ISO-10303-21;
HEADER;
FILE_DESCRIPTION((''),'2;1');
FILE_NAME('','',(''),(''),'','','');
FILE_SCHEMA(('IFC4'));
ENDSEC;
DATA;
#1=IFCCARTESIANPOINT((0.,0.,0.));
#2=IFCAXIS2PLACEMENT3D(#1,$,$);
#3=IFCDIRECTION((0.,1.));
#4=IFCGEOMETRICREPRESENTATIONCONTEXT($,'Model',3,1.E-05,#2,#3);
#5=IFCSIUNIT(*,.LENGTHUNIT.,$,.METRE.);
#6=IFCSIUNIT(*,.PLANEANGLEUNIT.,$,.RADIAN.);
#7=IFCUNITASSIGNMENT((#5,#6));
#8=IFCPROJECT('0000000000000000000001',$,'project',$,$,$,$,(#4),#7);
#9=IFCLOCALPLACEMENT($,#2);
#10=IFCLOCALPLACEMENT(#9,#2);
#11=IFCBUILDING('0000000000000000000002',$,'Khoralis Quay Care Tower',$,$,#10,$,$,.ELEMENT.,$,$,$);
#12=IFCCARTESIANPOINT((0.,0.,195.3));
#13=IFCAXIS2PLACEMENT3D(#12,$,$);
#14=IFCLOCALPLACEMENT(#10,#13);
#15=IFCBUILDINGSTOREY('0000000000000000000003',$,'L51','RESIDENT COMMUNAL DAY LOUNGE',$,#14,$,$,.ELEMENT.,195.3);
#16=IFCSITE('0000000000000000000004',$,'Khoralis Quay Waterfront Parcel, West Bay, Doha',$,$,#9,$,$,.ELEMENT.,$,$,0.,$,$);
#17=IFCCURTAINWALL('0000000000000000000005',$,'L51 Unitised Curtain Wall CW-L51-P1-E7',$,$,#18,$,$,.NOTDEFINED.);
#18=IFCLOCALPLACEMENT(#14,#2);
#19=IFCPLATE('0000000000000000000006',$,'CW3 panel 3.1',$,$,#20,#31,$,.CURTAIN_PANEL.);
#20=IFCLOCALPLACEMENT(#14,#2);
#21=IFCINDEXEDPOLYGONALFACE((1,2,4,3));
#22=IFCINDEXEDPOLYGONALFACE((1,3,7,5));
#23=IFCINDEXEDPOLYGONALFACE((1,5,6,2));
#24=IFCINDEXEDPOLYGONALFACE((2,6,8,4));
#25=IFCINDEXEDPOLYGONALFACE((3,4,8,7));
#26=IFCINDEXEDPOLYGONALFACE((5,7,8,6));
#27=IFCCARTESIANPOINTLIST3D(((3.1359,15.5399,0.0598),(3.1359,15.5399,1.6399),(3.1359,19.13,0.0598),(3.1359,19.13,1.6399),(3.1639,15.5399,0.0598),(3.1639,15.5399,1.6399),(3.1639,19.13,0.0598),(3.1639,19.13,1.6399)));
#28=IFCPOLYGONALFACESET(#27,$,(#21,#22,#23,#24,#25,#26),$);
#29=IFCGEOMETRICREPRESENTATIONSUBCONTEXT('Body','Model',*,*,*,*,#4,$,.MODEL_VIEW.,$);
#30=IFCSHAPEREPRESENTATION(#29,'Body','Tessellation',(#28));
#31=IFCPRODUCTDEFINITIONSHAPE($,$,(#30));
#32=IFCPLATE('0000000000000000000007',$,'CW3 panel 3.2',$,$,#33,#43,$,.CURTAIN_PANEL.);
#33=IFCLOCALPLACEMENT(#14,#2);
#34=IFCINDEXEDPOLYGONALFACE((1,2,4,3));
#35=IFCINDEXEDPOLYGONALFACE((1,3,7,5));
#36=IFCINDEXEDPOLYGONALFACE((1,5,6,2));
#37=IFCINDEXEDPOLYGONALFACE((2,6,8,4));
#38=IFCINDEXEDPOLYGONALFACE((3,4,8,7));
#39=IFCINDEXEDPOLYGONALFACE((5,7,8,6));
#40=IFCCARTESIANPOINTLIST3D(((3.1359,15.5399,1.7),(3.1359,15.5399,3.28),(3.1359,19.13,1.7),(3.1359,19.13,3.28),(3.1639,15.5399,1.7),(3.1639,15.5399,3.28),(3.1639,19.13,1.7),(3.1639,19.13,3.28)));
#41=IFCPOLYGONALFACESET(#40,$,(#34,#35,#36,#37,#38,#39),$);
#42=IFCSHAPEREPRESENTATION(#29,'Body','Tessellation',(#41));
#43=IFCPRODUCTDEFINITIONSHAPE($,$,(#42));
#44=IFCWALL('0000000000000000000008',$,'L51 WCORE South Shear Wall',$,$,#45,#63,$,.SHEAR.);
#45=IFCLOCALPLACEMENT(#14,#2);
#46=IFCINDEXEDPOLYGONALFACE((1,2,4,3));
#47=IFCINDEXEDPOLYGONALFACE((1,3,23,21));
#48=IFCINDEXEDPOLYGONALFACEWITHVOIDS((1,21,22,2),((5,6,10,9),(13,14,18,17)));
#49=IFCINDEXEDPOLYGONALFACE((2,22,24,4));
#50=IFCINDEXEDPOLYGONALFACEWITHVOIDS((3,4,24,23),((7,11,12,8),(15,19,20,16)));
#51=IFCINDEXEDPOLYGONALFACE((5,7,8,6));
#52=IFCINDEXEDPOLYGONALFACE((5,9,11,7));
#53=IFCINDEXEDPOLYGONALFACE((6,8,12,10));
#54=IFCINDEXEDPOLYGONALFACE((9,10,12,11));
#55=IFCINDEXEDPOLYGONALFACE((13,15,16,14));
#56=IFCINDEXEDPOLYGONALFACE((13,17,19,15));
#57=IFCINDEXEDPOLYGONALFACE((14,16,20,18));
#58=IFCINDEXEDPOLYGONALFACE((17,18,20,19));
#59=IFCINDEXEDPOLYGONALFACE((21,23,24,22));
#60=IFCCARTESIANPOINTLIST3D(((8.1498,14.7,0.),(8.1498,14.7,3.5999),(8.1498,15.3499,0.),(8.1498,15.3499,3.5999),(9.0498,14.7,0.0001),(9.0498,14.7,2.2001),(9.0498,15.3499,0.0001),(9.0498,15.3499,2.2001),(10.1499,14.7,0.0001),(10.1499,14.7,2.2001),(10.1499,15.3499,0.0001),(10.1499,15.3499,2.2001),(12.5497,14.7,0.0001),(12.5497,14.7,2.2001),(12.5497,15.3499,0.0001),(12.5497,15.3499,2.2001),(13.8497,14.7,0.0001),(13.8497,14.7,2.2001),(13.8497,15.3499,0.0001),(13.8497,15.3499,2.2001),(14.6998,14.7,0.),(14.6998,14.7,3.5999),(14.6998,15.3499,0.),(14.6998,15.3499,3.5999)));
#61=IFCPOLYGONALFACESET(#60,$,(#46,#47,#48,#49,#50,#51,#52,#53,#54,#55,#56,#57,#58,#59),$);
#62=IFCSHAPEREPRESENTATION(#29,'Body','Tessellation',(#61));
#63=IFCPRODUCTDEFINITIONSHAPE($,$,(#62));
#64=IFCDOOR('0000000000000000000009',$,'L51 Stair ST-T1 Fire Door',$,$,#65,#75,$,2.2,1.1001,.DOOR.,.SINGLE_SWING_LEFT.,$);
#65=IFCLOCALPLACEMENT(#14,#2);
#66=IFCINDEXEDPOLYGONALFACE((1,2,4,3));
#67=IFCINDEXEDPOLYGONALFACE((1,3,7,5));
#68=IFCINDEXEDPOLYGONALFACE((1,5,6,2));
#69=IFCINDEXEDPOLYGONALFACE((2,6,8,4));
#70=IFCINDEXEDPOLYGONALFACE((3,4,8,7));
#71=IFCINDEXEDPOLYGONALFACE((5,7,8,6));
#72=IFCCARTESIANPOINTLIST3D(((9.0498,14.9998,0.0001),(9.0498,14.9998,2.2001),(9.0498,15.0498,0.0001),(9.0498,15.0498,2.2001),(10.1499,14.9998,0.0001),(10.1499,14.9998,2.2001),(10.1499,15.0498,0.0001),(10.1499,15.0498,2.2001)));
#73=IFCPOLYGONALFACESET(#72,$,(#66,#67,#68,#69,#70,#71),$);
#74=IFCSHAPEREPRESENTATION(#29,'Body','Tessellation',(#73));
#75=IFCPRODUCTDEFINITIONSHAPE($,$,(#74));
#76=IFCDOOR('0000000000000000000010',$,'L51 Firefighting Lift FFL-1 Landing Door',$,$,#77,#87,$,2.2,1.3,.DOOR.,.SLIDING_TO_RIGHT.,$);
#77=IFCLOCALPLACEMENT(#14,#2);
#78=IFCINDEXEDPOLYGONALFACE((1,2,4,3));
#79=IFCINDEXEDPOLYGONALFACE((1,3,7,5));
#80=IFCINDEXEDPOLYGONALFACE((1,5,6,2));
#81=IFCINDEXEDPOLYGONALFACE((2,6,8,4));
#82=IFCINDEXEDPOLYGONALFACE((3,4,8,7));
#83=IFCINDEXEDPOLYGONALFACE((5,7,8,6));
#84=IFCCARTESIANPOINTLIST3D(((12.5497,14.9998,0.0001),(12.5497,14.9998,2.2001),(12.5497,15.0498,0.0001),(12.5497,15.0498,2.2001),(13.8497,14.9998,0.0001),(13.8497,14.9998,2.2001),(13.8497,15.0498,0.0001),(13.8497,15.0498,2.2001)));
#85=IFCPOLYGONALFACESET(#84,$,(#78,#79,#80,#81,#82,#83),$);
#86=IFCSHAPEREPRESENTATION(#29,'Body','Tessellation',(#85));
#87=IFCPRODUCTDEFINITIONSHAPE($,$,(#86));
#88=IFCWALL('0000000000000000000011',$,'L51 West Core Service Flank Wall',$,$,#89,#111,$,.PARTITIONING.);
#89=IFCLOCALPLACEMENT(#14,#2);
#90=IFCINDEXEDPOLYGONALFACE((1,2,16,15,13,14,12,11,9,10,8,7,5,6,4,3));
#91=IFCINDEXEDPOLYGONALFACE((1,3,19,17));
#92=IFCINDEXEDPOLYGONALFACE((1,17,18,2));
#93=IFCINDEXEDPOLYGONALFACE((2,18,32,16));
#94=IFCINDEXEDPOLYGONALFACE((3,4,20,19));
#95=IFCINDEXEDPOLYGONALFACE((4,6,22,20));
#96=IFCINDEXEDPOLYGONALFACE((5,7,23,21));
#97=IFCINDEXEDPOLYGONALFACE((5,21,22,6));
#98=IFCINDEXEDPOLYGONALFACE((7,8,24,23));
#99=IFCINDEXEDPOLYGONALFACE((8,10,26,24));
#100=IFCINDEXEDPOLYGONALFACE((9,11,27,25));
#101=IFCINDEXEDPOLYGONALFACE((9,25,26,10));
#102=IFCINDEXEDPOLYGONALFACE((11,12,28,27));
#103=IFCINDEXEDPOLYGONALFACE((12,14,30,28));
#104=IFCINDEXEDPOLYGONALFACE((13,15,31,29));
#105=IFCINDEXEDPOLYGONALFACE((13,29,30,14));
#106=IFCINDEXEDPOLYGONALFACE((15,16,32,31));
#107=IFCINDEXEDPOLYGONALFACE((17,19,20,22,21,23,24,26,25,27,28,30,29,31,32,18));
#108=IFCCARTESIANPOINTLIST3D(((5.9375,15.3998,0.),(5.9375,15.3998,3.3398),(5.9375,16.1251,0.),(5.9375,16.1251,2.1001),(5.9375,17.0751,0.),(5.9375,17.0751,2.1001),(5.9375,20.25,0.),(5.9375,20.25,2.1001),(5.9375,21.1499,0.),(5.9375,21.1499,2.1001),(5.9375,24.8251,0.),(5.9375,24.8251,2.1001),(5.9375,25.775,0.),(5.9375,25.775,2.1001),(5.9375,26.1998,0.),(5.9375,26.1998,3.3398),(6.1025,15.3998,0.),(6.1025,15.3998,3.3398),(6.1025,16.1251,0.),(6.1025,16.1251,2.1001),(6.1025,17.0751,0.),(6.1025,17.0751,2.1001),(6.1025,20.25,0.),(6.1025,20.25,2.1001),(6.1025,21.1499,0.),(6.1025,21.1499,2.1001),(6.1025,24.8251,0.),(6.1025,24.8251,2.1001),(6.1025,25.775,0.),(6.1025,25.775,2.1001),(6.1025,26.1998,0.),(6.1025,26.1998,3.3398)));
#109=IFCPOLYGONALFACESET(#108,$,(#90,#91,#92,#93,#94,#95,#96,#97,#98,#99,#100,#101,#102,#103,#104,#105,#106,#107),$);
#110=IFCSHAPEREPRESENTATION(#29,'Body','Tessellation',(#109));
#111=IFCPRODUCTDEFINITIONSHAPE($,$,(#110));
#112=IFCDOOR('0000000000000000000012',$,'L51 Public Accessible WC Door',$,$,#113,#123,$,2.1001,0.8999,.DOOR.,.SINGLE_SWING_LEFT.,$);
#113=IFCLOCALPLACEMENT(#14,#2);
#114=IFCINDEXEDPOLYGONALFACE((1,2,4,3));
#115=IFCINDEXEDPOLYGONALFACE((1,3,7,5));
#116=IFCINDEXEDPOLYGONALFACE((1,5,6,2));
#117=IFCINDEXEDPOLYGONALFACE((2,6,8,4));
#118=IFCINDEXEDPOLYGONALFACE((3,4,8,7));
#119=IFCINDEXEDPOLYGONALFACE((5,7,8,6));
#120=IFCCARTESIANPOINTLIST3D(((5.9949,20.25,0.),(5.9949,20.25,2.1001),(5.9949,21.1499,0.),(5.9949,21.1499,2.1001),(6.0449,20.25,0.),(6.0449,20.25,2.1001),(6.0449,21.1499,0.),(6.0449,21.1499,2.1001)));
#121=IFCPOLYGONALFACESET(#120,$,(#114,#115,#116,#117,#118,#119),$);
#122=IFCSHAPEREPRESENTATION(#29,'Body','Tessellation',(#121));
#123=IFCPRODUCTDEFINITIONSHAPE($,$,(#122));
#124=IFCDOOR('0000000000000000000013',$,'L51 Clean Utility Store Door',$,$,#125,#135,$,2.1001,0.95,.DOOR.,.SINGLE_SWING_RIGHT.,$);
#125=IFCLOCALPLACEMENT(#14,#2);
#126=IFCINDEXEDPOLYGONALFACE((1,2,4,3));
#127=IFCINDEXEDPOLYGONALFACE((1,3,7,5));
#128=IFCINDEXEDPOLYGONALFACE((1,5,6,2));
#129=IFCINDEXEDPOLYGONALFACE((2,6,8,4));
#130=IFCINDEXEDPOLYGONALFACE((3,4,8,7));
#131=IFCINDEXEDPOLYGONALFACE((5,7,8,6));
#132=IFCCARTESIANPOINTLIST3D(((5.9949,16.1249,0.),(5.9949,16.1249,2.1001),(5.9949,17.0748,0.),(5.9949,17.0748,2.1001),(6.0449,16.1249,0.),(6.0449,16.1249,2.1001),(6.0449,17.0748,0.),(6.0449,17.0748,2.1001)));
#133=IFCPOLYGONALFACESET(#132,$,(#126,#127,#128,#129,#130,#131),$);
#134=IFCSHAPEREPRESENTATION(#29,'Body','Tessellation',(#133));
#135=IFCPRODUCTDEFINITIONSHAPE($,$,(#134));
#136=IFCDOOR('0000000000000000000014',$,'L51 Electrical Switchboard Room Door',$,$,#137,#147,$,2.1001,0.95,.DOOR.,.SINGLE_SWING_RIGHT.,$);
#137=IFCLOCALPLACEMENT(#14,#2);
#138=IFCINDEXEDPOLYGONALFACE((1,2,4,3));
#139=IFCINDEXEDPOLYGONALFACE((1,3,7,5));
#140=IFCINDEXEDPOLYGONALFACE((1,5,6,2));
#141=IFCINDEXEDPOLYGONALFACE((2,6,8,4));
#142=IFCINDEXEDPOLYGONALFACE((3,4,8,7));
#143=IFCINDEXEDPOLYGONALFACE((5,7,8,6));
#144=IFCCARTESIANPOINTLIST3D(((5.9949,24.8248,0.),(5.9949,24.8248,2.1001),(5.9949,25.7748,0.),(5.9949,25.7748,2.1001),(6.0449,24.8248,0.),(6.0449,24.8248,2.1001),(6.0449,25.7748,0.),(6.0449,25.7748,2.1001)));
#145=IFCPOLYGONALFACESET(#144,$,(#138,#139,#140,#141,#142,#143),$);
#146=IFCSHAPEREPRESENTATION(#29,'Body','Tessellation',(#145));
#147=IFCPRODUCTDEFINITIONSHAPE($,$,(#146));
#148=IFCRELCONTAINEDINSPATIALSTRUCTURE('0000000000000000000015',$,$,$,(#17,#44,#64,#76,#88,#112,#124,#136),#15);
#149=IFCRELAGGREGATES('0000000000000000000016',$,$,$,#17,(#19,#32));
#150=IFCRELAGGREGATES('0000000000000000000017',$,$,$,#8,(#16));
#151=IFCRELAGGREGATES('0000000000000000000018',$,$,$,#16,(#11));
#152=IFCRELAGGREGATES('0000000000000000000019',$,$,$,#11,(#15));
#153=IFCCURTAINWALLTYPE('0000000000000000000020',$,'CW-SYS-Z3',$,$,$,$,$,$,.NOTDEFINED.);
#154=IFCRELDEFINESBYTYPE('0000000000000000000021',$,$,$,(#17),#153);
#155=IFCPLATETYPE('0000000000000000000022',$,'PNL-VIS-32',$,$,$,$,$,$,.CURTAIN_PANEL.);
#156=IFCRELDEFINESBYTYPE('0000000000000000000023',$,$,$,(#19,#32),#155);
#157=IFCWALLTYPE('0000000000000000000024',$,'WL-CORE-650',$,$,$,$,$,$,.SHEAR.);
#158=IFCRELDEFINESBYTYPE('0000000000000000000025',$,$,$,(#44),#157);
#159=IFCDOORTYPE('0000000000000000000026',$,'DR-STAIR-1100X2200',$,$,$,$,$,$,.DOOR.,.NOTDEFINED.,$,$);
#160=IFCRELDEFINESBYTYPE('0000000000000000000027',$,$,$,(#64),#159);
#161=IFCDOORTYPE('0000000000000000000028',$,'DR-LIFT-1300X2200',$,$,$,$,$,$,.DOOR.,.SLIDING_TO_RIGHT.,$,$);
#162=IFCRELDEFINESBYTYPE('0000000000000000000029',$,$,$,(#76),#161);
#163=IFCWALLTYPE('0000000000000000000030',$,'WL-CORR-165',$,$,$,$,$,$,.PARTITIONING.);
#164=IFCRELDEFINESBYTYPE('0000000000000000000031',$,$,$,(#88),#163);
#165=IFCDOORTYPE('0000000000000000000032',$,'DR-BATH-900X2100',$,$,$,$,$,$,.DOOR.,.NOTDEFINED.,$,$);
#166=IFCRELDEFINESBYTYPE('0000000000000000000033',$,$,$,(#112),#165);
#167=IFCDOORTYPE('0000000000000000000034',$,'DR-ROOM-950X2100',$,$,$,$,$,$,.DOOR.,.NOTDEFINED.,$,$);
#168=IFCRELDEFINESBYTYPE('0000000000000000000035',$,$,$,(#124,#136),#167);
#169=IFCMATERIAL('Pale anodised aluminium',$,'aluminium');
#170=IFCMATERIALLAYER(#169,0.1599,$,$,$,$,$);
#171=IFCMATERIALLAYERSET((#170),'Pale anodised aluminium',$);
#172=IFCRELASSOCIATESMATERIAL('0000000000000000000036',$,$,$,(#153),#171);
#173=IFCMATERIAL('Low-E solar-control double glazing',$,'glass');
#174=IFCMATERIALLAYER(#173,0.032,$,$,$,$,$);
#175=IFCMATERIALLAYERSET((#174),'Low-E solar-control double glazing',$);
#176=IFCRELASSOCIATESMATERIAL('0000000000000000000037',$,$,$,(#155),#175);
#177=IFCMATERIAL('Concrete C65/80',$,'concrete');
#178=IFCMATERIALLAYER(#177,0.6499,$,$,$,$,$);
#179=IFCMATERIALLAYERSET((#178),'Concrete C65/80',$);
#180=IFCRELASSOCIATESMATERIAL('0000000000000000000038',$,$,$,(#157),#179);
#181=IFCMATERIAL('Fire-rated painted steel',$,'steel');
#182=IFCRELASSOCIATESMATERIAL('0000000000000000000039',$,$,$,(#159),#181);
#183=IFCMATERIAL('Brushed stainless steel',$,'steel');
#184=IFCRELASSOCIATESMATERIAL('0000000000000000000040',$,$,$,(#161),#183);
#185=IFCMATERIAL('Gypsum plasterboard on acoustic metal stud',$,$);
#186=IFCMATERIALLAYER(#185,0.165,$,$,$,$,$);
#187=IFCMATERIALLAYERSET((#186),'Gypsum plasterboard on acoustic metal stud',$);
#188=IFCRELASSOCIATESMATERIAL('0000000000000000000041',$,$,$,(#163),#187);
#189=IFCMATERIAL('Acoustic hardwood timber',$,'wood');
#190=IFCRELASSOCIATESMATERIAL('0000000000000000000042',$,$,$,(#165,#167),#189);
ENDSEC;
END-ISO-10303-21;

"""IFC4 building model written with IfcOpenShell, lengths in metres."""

from ifc_helpers import new_model, si_unit, direction, frame, frame_2d, origin, origin_2d, place, context, subcontext, project, spatial, rectangle, extrude, source, transform, mapped, material, layer, layer_set, type_object, element, fill, aggregate, save


model = new_model("IFC4")

# Units and contexts
model_context = context("Model", 3, precision=1e-05, world=origin(), true_north=direction((0.0, 1.0)))
body_context = subcontext(model_context, "Body", "Model", "MODEL_VIEW")
ifc_project = project(units=[si_unit("LENGTHUNIT", "METRE"), si_unit("PLANEANGLEUNIT", "RADIAN")], contexts=[model_context])

# Site, building, storey
site_placement = place(None, origin())
site = spatial("IfcSite", under=ifc_project, at=site_placement, Name="Khoralis Quay Waterfront Parcel, West Bay, Doha", CompositionType="ELEMENT", RefElevation=0.0)
building_placement = place(site_placement, origin())
building = spatial("IfcBuilding", under=site, at=building_placement, Name="Khoralis Quay Care Tower", CompositionType="ELEMENT")
storey_placement = place(building_placement, frame((0.0, 0.0, 195.3)))
storey = spatial("IfcBuildingStorey", under=building, at=storey_placement, Name="L51", Description="RESIDENT COMMUNAL DAY LOUNGE", CompositionType="ELEMENT", Elevation=195.3)

# Shared definitions
ifc_material_1 = material(Name="Concrete C65/80", Category="concrete")

# Curtain wall, plates
ifc_material_2 = material(Name="Pale anodised aluminium", Category="aluminium")
ifc_layer_1 = layer(ifc_material_2, 0.1599)
ifc_layer_set_1 = layer_set([ifc_layer_1], Name="Pale anodised aluminium")
curtain_wall_type = type_object("IfcCurtainWallType", Name="CW-SYS-Z3", PredefinedType="NOTDEFINED", material=ifc_layer_set_1)
curtain_wall_placement = place(storey_placement, origin())
curtain_wall = element("IfcCurtainWall", 1, at=curtain_wall_placement, inside=storey, type_object=curtain_wall_type, Name="L51 Unitised Curtain Wall CW-L51-P1-E7", PredefinedType="NOTDEFINED")
ifc_material_3 = material(Name="Low-E solar-control double glazing", Category="glass")
ifc_layer_2 = layer(ifc_material_3, 0.032)
ifc_layer_set_2 = layer_set([ifc_layer_2], Name="Low-E solar-control double glazing")
plate_type = type_object("IfcPlateType", Name="PNL-VIS-32", PredefinedType="CURTAIN_PANEL", material=ifc_layer_set_2)
shared_shape_1 = source(origin(), body_context, "Body", "SweptSolid", [
    extrude(rectangle(XDim=3.5901, YDim=0.0281, at=origin_2d()), origin(), (0.0, 0.0, 1.0), 1.5801),
])
plate_1_placement = place(storey_placement, frame((3.1499, 17.335, 0.0598), z_axis=(0.0, 0.0, 1.0), x_axis=(0.0, -1.0, 0.0)))
plate_1 = element("IfcPlate", 2, at=plate_1_placement, type_object=plate_type, Name="CW3 panel 3.1", PredefinedType="CURTAIN_PANEL", context=body_context, shape_type="MappedRepresentation", body=[
    mapped(shared_shape_1, transform((0.0, 0.0, 0.0), scale=1.0)),
])
plate_2_placement = place(storey_placement, frame((3.1499, 17.335, 1.7), z_axis=(0.0, 0.0, 1.0), x_axis=(0.0, -1.0, 0.0)))
plate_2 = element("IfcPlate", 3, at=plate_2_placement, type_object=plate_type, Name="CW3 panel 3.2", PredefinedType="CURTAIN_PANEL", context=body_context, shape_type="MappedRepresentation", body=[
    mapped(shared_shape_1, transform((0.0, 0.0, 0.0), scale=1.0)),
])
aggregate(curtain_wall, [plate_1, plate_2])

# Walls, openings, doors
ifc_layer_3 = layer(ifc_material_1, 0.6499)
ifc_layer_set_3 = layer_set([ifc_layer_3], Name="Concrete C65/80")
wall_type_1 = type_object("IfcWallType", Name="WL-CORE-650", PredefinedType="SHEAR", material=ifc_layer_set_3)
wall_1_placement = place(storey_placement, frame((8.1499, 15.0249, 0.0), z_axis=(0.0, 0.0, 1.0), x_axis=(1.0, 0.0, 0.0)))
wall_1 = element("IfcWall", 4, at=wall_1_placement, inside=storey, type_object=wall_type_1, Name="L51 WCORE South Shear Wall", PredefinedType="SHEAR", context=body_context, shape_type="SweptSolid", body=[
    extrude(rectangle(XDim=6.55, YDim=0.6499, at=frame_2d((3.2749, 0.0))), origin(), (0.0, 0.0, 1.0), 3.5999),
])
opening_1_placement = place(wall_1_placement, frame((0.8999, 0.0, 0.0)))
opening_1 = element("IfcOpeningElement", 5, at=opening_1_placement, cuts=wall_1, PredefinedType="OPENING", context=body_context, shape_type="SweptSolid", body=[
    extrude(rectangle(XDim=1.1001, YDim=2.2, at=frame_2d((0.55, 1.1001))), frame((0.0, 0.335, 0.0), z_axis=(0.0, -1.0, 0.0), x_axis=(1.0, 0.0, 0.0)), (0.0, 0.0, 1.0), 0.6699),
])
opening_2_placement = place(wall_1_placement, frame((4.3999, 0.0, 0.0)))
opening_2 = element("IfcOpeningElement", 6, at=opening_2_placement, cuts=wall_1, PredefinedType="OPENING", context=body_context, shape_type="SweptSolid", body=[
    extrude(rectangle(XDim=1.3, YDim=2.2, at=frame_2d((0.6499, 1.1001))), frame((0.0, 0.335, 0.0), z_axis=(0.0, -1.0, 0.0), x_axis=(1.0, 0.0, 0.0)), (0.0, 0.0, 1.0), 0.6699),
])
ifc_material_4 = material(Name="Fire-rated painted steel", Category="steel")
door_type_1 = type_object("IfcDoorType", Name="DR-STAIR-1100X2200", OperationType="NOTDEFINED", PredefinedType="DOOR", material=ifc_material_4)
shared_shape_2 = source(origin(), body_context, "Body", "SweptSolid", [
    extrude(rectangle(XDim=1.1001, YDim=2.2, at=frame_2d((0.55, 1.1001))), frame((0.0, 0.0249, 0.0), z_axis=(0.0, -1.0, 0.0), x_axis=(1.0, 0.0, 0.0)), (0.0, 0.0, 1.0), 0.05),
])
door_1_placement = place(opening_1_placement, origin())
door_1 = element("IfcDoor", 7, at=door_1_placement, inside=storey, type_object=door_type_1, Name="L51 Stair ST-T1 Fire Door", OperationType="SINGLE_SWING_LEFT", OverallHeight=2.2, OverallWidth=1.1001, PredefinedType="DOOR", context=body_context, shape_type="MappedRepresentation", body=[
    mapped(shared_shape_2, transform((0.0, 0.0, 0.0), scale=1.0)),
])
fill(opening_1, door_1)
ifc_material_5 = material(Name="Brushed stainless steel", Category="steel")
door_type_2 = type_object("IfcDoorType", Name="DR-LIFT-1300X2200", OperationType="SLIDING_TO_RIGHT", PredefinedType="DOOR", material=ifc_material_5)
shared_shape_3 = source(origin(), body_context, "Body", "SweptSolid", [
    extrude(rectangle(XDim=1.3, YDim=2.2, at=frame_2d((0.6499, 1.1001))), frame((0.0, 0.0249, 0.0), z_axis=(0.0, -1.0, 0.0), x_axis=(1.0, 0.0, 0.0)), (0.0, 0.0, 1.0), 0.05),
])
door_2_placement = place(opening_2_placement, origin())
door_2 = element("IfcDoor", 8, at=door_2_placement, inside=storey, type_object=door_type_2, Name="L51 Firefighting Lift FFL-1 Landing Door", OperationType="SLIDING_TO_RIGHT", OverallHeight=2.2, OverallWidth=1.3, PredefinedType="DOOR", context=body_context, shape_type="MappedRepresentation", body=[
    mapped(shared_shape_3, transform((0.0, 0.0, 0.0), scale=1.0)),
])
fill(opening_2, door_2)
ifc_material_6 = material(Name="Gypsum plasterboard on acoustic metal stud")
ifc_layer_4 = layer(ifc_material_6, 0.165)
ifc_layer_set_4 = layer_set([ifc_layer_4], Name="Gypsum plasterboard on acoustic metal stud")
wall_type_2 = type_object("IfcWallType", Name="WL-CORR-165", PredefinedType="PARTITIONING", material=ifc_layer_set_4)
wall_2_placement = place(storey_placement, frame((6.02, 15.3999, 0.0), z_axis=(0.0, 0.0, 1.0), x_axis=(0.0, 1.0, 0.0)))
wall_2 = element("IfcWall", 9, at=wall_2_placement, inside=storey, type_object=wall_type_2, Name="L51 West Core Service Flank Wall", PredefinedType="PARTITIONING", context=body_context, shape_type="SweptSolid", body=[
    extrude(rectangle(XDim=10.8, YDim=0.165, at=frame_2d((5.3999, 0.0))), origin(), (0.0, 0.0, 1.0), 3.3398),
])
opening_3_placement = place(wall_2_placement, frame((0.7251, 0.0, 0.0)))
opening_3 = element("IfcOpeningElement", 10, at=opening_3_placement, cuts=wall_2, PredefinedType="OPENING", context=body_context, shape_type="SweptSolid", body=[
    extrude(rectangle(XDim=0.95, YDim=2.1001, at=frame_2d((0.4751, 1.05))), frame((0.0, 0.0925, 0.0), z_axis=(0.0, -1.0, 0.0), x_axis=(1.0, 0.0, 0.0)), (0.0, 0.0, 1.0), 0.1851),
])
opening_4_placement = place(wall_2_placement, frame((4.8501, 0.0, 0.0)))
opening_4 = element("IfcOpeningElement", 11, at=opening_4_placement, cuts=wall_2, PredefinedType="OPENING", context=body_context, shape_type="SweptSolid", body=[
    extrude(rectangle(XDim=0.8999, YDim=2.1001, at=frame_2d((0.45, 1.05))), frame((0.0, 0.0925, 0.0), z_axis=(0.0, -1.0, 0.0), x_axis=(1.0, 0.0, 0.0)), (0.0, 0.0, 1.0), 0.1851),
])
opening_5_placement = place(wall_2_placement, frame((9.425, 0.0, 0.0)))
opening_5 = element("IfcOpeningElement", 12, at=opening_5_placement, cuts=wall_2, PredefinedType="OPENING", context=body_context, shape_type="SweptSolid", body=[
    extrude(rectangle(XDim=0.95, YDim=2.1001, at=frame_2d((0.4751, 1.05))), frame((0.0, 0.0925, 0.0), z_axis=(0.0, -1.0, 0.0), x_axis=(1.0, 0.0, 0.0)), (0.0, 0.0, 1.0), 0.1851),
])
ifc_material_7 = material(Name="Acoustic hardwood timber", Category="wood")
door_type_3 = type_object("IfcDoorType", Name="DR-BATH-900X2100", OperationType="NOTDEFINED", PredefinedType="DOOR", material=ifc_material_7)
shared_shape_4 = source(origin(), body_context, "Body", "SweptSolid", [
    extrude(rectangle(XDim=0.8999, YDim=2.1001, at=frame_2d((0.45, 1.05))), frame((0.0, 0.0249, 0.0), z_axis=(0.0, -1.0, 0.0), x_axis=(1.0, 0.0, 0.0)), (0.0, 0.0, 1.0), 0.05),
])
door_3_placement = place(opening_4_placement, frame((0.8999, 0.0, 0.0), z_axis=(0.0, 0.0, 1.0), x_axis=(-1.0, 0.0, 0.0)))
door_3 = element("IfcDoor", 13, at=door_3_placement, inside=storey, type_object=door_type_3, Name="L51 Public Accessible WC Door", OperationType="SINGLE_SWING_LEFT", OverallHeight=2.1001, OverallWidth=0.8999, PredefinedType="DOOR", context=body_context, shape_type="MappedRepresentation", body=[
    mapped(shared_shape_4, transform((0.0, 0.0, 0.0), scale=1.0)),
])
fill(opening_4, door_3)
door_type_4 = type_object("IfcDoorType", Name="DR-ROOM-950X2100", OperationType="NOTDEFINED", PredefinedType="DOOR", material=ifc_material_7)
shared_shape_5 = source(origin(), body_context, "Body", "SweptSolid", [
    extrude(rectangle(XDim=0.95, YDim=2.1001, at=frame_2d((0.4751, 1.05))), frame((0.0, 0.0249, 0.0), z_axis=(0.0, -1.0, 0.0), x_axis=(1.0, 0.0, 0.0)), (0.0, 0.0, 1.0), 0.05),
])
door_4_placement = place(opening_3_placement, frame((0.95, 0.0, 0.0), z_axis=(0.0, 0.0, 1.0), x_axis=(-1.0, 0.0, 0.0)))
door_4 = element("IfcDoor", 14, at=door_4_placement, inside=storey, type_object=door_type_4, Name="L51 Clean Utility Store Door", OperationType="SINGLE_SWING_RIGHT", OverallHeight=2.1001, OverallWidth=0.95, PredefinedType="DOOR", context=body_context, shape_type="MappedRepresentation", body=[
    mapped(shared_shape_5, transform((0.0, 0.0, 0.0), scale=1.0)),
])
fill(opening_3, door_4)
door_5_placement = place(opening_5_placement, frame((0.95, 0.0, 0.0), z_axis=(0.0, 0.0, 1.0), x_axis=(-1.0, 0.0, 0.0)))
door_5 = element("IfcDoor", 15, at=door_5_placement, inside=storey, type_object=door_type_4, Name="L51 Electrical Switchboard Room Door", OperationType="SINGLE_SWING_RIGHT", OverallHeight=2.1001, OverallWidth=0.95, PredefinedType="DOOR", context=body_context, shape_type="MappedRepresentation", body=[
    mapped(shared_shape_5, transform((0.0, 0.0, 0.0), scale=1.0)),
])
fill(opening_5, door_5)

save(model, "model.ifc")
